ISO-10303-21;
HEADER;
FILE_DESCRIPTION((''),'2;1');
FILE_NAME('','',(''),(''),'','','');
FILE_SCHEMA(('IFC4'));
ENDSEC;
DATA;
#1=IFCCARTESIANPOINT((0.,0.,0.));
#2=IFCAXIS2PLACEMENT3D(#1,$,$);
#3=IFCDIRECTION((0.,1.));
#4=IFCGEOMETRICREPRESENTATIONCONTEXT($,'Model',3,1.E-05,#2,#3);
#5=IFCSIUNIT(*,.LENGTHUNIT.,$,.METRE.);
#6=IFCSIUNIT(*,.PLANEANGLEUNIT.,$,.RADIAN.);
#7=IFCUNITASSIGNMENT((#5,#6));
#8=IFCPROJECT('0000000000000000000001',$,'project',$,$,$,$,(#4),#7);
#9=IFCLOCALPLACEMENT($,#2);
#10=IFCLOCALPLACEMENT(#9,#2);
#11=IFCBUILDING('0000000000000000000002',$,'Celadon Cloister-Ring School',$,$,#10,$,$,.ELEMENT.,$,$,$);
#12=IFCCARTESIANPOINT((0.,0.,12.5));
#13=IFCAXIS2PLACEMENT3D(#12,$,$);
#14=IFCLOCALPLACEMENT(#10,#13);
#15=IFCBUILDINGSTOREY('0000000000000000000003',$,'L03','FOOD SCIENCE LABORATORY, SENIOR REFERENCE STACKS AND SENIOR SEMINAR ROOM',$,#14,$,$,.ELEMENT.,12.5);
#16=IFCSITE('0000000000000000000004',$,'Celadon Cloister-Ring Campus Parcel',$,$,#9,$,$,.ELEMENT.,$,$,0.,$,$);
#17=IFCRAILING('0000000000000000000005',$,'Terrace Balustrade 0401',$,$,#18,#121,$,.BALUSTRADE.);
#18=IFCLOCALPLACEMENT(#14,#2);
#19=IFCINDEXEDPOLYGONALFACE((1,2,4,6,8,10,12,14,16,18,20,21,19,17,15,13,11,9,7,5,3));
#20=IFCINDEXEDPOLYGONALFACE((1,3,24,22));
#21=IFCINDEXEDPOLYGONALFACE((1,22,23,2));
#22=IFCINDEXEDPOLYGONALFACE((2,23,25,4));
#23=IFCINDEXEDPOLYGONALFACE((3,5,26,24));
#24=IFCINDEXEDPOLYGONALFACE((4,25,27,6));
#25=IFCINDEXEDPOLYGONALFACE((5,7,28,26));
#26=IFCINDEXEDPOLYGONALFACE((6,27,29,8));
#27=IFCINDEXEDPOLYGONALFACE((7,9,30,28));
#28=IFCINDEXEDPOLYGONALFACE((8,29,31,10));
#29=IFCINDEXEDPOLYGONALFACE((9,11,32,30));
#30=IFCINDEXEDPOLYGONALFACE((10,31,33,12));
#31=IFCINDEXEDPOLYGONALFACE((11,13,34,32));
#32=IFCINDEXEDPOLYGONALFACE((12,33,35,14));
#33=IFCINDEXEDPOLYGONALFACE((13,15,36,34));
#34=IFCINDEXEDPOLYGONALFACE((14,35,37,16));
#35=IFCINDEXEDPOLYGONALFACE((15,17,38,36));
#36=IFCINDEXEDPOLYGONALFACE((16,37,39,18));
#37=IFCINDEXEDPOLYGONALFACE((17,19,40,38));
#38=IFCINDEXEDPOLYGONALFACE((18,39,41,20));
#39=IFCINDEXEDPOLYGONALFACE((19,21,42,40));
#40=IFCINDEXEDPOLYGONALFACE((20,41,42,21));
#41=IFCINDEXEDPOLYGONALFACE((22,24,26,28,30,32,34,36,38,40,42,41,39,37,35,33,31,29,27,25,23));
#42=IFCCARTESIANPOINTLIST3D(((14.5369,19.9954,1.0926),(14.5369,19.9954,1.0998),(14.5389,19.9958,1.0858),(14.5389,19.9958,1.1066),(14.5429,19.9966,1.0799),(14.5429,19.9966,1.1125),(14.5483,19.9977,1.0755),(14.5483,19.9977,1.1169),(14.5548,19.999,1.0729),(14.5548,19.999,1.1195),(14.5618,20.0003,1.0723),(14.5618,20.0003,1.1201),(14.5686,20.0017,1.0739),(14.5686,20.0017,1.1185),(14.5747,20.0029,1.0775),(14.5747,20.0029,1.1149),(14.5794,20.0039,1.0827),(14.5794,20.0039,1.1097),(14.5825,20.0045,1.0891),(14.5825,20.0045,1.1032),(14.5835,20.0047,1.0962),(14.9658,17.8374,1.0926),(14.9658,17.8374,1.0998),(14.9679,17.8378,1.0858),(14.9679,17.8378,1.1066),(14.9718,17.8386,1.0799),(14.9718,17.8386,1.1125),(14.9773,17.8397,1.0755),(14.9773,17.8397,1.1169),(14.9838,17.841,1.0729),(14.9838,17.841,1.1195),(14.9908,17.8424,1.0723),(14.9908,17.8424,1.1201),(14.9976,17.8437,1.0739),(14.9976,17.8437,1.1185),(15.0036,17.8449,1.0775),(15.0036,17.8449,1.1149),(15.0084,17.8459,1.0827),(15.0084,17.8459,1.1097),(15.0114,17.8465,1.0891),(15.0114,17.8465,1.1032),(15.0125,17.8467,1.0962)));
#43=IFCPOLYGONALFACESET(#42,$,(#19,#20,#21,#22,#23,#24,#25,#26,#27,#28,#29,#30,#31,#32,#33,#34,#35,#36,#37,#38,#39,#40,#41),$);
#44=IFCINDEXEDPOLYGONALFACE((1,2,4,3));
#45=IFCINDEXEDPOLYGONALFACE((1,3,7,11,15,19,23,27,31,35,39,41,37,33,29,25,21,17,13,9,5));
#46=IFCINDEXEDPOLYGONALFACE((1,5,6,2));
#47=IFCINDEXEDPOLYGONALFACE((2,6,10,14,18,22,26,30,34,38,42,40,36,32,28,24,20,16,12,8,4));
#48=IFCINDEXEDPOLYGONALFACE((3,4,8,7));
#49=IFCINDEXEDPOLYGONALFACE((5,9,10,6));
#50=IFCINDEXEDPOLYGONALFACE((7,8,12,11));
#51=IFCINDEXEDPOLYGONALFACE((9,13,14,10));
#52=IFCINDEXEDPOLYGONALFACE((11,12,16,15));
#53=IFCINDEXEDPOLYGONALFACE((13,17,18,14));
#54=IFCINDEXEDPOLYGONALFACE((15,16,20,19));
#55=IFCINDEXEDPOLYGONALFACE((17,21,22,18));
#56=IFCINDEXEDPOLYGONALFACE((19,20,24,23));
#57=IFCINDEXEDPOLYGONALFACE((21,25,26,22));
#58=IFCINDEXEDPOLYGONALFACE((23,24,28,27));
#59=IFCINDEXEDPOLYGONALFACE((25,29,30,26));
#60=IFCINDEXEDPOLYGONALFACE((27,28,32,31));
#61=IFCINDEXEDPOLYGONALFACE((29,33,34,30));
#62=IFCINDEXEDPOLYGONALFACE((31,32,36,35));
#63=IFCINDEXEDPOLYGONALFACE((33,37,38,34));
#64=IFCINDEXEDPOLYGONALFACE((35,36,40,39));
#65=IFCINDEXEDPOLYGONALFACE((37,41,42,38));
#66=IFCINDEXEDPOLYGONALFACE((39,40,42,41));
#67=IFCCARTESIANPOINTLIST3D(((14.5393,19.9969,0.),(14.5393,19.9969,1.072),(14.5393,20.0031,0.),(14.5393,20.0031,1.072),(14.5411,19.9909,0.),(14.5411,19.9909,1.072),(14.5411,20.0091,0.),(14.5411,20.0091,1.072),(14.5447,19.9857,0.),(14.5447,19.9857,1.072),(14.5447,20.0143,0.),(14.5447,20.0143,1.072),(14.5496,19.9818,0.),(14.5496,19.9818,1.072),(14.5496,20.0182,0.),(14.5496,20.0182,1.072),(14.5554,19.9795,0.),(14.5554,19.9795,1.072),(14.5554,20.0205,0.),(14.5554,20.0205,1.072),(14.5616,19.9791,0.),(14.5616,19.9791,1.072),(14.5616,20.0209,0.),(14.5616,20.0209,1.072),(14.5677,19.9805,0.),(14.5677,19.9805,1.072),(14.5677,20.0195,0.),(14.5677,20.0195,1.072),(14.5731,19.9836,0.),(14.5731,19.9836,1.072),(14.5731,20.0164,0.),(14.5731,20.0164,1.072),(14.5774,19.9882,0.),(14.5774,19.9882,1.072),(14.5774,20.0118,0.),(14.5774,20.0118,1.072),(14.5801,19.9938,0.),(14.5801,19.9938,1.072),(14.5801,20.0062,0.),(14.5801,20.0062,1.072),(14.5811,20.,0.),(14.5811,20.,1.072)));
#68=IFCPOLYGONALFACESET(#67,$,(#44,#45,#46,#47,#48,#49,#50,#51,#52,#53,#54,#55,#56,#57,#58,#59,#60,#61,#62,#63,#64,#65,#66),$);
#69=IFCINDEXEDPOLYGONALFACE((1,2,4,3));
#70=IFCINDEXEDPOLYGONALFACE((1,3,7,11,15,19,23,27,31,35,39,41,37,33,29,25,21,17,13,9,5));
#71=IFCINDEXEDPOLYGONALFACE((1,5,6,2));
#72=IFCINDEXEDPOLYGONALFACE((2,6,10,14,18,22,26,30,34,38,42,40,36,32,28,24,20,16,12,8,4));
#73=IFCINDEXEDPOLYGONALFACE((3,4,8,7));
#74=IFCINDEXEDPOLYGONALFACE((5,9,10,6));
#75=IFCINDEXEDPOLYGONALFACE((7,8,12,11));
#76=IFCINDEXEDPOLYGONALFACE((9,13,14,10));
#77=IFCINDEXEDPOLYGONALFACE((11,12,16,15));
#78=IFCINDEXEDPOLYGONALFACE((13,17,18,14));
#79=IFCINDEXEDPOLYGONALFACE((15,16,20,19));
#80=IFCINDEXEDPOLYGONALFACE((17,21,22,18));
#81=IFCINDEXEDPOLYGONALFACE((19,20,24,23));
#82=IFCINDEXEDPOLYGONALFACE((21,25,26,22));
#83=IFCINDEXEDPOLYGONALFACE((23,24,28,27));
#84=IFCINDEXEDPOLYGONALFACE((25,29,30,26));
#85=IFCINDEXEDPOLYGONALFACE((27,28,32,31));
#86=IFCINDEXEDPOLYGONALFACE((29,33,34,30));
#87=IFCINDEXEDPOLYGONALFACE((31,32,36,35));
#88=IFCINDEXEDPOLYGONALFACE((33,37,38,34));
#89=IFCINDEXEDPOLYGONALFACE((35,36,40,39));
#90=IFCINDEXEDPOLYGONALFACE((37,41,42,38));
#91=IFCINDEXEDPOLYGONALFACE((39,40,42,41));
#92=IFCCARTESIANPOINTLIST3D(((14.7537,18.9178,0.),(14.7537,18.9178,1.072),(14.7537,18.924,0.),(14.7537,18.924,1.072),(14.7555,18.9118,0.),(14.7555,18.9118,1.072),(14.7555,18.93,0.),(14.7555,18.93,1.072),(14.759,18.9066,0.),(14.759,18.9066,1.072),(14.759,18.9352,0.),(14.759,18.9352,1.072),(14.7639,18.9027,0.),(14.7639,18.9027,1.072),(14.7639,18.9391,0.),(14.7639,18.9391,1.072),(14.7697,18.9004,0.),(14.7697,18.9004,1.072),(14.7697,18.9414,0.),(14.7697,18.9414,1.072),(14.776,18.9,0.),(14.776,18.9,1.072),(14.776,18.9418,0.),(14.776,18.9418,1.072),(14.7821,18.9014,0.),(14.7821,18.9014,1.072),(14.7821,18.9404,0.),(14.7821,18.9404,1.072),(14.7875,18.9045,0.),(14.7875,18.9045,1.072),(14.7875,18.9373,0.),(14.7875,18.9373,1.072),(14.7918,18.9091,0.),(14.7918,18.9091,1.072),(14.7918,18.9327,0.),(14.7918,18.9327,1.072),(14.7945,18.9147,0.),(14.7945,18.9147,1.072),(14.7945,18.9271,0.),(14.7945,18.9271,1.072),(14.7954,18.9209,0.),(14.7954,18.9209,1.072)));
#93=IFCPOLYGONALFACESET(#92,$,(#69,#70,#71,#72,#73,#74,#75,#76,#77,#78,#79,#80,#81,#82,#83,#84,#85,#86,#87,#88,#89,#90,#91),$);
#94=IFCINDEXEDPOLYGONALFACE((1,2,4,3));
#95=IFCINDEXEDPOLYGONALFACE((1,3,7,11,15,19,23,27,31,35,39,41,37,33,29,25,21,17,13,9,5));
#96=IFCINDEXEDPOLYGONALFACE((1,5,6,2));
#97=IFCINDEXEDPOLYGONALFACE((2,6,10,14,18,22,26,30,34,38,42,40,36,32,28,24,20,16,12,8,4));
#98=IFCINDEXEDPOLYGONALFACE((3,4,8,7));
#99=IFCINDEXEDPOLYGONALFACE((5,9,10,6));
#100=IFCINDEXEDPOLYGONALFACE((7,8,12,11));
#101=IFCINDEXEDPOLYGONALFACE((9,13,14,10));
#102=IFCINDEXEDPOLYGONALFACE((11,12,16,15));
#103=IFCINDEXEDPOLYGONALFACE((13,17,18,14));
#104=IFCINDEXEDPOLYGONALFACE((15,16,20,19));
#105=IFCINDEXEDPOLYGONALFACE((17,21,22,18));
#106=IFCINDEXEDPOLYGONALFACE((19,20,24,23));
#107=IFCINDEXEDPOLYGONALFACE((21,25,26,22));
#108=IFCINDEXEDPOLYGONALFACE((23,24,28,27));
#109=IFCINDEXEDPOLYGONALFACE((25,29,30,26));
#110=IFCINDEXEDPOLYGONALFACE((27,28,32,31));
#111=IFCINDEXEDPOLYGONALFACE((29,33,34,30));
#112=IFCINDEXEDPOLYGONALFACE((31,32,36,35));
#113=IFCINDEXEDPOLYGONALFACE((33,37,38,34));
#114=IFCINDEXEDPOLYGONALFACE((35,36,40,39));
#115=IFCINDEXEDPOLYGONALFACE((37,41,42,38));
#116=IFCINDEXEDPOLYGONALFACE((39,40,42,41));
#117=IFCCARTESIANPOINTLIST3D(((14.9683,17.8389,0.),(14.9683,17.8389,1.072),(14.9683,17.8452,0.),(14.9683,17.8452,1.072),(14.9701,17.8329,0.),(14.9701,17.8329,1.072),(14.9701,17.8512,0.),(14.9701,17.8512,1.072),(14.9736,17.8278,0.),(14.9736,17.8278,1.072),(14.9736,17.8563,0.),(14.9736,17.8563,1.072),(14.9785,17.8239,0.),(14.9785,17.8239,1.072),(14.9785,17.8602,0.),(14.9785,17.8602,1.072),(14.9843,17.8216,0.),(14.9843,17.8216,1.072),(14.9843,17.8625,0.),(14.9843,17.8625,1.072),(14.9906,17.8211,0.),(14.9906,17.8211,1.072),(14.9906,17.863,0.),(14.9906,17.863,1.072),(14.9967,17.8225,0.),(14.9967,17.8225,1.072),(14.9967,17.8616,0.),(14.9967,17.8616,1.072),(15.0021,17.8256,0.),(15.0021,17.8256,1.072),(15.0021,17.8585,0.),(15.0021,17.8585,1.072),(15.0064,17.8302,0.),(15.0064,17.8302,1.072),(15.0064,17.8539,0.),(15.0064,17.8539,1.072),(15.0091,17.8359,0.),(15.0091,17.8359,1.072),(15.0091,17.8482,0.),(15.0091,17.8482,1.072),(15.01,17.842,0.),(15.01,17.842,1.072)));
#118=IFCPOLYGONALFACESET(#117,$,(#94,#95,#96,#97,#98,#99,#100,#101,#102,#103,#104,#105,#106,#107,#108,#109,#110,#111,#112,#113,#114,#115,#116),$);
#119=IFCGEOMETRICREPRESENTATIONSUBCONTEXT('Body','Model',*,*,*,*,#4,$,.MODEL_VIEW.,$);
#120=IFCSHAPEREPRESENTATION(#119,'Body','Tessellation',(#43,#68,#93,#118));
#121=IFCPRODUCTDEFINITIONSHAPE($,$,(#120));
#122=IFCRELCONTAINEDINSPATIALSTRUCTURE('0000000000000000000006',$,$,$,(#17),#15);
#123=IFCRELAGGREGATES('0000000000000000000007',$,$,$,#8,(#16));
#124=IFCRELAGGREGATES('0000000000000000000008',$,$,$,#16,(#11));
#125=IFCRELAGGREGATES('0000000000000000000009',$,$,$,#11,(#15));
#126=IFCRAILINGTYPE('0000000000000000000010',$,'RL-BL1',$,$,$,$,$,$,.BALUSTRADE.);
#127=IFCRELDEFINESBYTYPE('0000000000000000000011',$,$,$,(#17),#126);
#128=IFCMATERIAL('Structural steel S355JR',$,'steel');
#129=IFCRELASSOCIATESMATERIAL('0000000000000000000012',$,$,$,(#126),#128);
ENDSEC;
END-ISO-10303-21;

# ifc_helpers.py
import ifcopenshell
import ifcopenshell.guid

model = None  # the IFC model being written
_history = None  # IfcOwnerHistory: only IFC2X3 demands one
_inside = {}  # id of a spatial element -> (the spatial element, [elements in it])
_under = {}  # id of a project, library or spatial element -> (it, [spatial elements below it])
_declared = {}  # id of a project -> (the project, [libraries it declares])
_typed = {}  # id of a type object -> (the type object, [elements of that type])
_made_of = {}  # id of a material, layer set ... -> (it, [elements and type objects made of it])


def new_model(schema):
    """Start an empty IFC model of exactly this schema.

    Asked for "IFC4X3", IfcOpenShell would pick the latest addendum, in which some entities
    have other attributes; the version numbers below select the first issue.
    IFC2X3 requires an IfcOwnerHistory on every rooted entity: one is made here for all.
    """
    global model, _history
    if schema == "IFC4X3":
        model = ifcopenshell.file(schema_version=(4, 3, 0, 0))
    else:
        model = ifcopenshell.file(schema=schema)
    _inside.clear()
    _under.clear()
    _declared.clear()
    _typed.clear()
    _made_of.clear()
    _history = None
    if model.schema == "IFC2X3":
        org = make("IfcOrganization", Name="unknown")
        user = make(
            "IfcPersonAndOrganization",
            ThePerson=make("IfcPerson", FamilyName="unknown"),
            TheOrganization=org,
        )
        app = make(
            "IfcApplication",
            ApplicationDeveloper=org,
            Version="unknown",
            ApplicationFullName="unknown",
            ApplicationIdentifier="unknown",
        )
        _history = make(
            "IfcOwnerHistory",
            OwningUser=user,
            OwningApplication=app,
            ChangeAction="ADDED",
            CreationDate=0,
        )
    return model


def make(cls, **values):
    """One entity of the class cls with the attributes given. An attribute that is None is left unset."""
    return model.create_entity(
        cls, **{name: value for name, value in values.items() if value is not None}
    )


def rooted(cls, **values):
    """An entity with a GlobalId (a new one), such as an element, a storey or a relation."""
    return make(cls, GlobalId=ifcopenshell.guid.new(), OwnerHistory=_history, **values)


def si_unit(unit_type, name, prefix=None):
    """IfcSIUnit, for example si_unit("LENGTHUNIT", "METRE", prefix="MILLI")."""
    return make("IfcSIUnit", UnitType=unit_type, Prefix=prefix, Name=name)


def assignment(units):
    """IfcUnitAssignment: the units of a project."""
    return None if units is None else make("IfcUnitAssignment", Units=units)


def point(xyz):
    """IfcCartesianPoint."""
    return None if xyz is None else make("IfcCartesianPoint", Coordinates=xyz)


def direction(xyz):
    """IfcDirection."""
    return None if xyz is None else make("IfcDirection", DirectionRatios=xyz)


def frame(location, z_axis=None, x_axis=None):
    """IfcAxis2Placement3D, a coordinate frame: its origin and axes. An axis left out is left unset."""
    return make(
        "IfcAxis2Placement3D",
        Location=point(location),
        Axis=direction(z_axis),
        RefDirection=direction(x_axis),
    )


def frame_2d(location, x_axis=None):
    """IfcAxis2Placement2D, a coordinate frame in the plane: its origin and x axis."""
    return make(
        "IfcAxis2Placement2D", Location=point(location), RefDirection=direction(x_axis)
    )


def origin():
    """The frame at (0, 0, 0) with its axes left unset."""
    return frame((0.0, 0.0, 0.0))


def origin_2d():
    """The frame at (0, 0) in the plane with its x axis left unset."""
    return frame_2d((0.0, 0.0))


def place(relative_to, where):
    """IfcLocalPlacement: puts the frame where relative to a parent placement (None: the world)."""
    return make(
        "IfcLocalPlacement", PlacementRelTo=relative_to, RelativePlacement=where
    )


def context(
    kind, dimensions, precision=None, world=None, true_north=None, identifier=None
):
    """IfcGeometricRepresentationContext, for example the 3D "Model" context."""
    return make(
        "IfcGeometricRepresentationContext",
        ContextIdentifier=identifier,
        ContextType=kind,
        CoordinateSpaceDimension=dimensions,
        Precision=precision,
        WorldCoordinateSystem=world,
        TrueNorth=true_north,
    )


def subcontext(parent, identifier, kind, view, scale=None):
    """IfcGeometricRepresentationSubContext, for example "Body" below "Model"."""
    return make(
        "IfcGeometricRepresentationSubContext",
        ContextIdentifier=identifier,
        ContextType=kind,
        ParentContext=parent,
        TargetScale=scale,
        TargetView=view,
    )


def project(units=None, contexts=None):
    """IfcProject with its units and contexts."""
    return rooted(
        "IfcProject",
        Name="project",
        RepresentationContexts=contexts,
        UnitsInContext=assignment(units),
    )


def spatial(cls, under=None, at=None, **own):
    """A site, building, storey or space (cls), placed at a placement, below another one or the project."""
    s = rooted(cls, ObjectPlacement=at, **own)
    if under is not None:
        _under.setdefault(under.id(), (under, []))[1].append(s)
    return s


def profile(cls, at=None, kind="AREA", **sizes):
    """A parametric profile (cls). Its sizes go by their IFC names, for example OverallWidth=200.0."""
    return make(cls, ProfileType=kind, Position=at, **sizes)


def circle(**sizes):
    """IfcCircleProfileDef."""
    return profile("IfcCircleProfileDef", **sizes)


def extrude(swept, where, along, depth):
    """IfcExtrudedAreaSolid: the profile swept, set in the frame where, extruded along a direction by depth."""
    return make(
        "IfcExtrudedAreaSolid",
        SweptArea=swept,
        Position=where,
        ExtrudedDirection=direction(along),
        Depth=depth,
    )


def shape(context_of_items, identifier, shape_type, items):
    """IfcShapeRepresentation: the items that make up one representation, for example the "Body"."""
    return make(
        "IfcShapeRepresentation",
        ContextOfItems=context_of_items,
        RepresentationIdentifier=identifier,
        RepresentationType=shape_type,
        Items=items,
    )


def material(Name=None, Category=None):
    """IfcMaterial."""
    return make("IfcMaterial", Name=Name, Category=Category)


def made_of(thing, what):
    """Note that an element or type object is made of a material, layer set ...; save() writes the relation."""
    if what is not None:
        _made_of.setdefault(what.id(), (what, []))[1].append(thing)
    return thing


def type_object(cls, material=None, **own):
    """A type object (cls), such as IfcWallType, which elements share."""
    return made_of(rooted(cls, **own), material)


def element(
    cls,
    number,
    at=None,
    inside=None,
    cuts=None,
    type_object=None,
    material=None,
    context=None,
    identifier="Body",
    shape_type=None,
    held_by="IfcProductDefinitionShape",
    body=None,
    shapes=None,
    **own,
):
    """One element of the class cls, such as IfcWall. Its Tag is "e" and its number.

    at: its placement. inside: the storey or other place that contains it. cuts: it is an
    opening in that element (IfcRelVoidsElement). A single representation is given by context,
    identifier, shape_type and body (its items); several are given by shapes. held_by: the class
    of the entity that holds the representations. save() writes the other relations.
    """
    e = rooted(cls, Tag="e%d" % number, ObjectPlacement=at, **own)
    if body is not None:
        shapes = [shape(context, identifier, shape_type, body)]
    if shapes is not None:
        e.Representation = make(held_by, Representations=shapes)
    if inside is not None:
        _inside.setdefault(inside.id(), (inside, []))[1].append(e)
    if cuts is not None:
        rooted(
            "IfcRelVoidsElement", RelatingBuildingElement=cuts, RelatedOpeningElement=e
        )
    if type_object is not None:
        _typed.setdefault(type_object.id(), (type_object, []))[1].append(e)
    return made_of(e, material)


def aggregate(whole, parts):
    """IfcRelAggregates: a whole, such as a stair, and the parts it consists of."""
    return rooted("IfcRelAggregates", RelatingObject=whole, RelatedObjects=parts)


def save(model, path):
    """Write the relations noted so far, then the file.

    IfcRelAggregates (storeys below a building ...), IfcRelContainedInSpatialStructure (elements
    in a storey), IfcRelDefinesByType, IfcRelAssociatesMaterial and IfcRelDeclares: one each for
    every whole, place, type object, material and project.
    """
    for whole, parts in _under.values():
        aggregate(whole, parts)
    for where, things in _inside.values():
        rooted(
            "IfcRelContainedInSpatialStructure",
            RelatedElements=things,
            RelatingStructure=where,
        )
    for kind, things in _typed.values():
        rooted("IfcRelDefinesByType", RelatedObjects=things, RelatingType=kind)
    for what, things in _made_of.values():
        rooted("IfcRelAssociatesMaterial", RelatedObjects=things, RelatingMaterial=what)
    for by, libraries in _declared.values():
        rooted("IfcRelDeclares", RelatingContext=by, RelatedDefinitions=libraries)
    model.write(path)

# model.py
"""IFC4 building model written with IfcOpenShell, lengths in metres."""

from ifc_helpers import new_model, si_unit, direction, frame, origin, origin_2d, place, context, subcontext, project, spatial, circle, extrude, material, type_object, element, save


model = new_model("IFC4")

# Units and contexts
model_context = context("Model", 3, precision=1e-05, world=origin(), true_north=direction((0.0, 1.0)))
body_context = subcontext(model_context, "Body", "Model", "MODEL_VIEW")
ifc_project = project(units=[si_unit("LENGTHUNIT", "METRE"), si_unit("PLANEANGLEUNIT", "RADIAN")], contexts=[model_context])

# Site, building, storey
site_placement = place(None, origin())
site = spatial("IfcSite", under=ifc_project, at=site_placement, Name="Celadon Cloister-Ring Campus Parcel", CompositionType="ELEMENT", RefElevation=0.0)
building_placement = place(site_placement, origin())
building = spatial("IfcBuilding", under=site, at=building_placement, Name="Celadon Cloister-Ring School", CompositionType="ELEMENT")
storey_placement = place(building_placement, frame((0.0, 0.0, 12.5)))
storey = spatial("IfcBuildingStorey", under=building, at=storey_placement, Name="L03", Description="FOOD SCIENCE LABORATORY, SENIOR REFERENCE STACKS AND SENIOR SEMINAR ROOM", CompositionType="ELEMENT", Elevation=12.5)

# Railing
ifc_material_1 = material(Name="Structural steel S355JR", Category="steel")
railing_type_1 = type_object("IfcRailingType", Name="RL-BL1", PredefinedType="BALUSTRADE", material=ifc_material_1)
railing_1_placement = place(storey_placement, frame((14.5601, 20.0, 0.0)))
element("IfcRailing", 1, at=railing_1_placement, inside=storey, type_object=railing_type_1, Name="Terrace Balustrade 0401", PredefinedType="BALUSTRADE", context=body_context, shape_type="SweptSolid", body=[
    extrude(circle(Radius=0.0239, at=origin_2d()), frame((0.0, 0.0, 1.0962), z_axis=(0.194964, -0.98081, 0.0), x_axis=(0.98081, 0.194964, 0.0)), (0.0, 0.0, 1.0), 2.2002),
    extrude(circle(Radius=0.021, at=origin_2d()), origin(), (0.0, 0.0, 1.0), 1.072),
    extrude(circle(Radius=0.021, at=origin_2d()), frame((0.2144, -1.0791, 0.0)), (0.0, 0.0, 1.0), 1.072),
    extrude(circle(Radius=0.021, at=origin_2d()), frame((0.429, -2.158, 0.0)), (0.0, 0.0, 1.0), 1.072),
])

save(model, "model.ifc")
